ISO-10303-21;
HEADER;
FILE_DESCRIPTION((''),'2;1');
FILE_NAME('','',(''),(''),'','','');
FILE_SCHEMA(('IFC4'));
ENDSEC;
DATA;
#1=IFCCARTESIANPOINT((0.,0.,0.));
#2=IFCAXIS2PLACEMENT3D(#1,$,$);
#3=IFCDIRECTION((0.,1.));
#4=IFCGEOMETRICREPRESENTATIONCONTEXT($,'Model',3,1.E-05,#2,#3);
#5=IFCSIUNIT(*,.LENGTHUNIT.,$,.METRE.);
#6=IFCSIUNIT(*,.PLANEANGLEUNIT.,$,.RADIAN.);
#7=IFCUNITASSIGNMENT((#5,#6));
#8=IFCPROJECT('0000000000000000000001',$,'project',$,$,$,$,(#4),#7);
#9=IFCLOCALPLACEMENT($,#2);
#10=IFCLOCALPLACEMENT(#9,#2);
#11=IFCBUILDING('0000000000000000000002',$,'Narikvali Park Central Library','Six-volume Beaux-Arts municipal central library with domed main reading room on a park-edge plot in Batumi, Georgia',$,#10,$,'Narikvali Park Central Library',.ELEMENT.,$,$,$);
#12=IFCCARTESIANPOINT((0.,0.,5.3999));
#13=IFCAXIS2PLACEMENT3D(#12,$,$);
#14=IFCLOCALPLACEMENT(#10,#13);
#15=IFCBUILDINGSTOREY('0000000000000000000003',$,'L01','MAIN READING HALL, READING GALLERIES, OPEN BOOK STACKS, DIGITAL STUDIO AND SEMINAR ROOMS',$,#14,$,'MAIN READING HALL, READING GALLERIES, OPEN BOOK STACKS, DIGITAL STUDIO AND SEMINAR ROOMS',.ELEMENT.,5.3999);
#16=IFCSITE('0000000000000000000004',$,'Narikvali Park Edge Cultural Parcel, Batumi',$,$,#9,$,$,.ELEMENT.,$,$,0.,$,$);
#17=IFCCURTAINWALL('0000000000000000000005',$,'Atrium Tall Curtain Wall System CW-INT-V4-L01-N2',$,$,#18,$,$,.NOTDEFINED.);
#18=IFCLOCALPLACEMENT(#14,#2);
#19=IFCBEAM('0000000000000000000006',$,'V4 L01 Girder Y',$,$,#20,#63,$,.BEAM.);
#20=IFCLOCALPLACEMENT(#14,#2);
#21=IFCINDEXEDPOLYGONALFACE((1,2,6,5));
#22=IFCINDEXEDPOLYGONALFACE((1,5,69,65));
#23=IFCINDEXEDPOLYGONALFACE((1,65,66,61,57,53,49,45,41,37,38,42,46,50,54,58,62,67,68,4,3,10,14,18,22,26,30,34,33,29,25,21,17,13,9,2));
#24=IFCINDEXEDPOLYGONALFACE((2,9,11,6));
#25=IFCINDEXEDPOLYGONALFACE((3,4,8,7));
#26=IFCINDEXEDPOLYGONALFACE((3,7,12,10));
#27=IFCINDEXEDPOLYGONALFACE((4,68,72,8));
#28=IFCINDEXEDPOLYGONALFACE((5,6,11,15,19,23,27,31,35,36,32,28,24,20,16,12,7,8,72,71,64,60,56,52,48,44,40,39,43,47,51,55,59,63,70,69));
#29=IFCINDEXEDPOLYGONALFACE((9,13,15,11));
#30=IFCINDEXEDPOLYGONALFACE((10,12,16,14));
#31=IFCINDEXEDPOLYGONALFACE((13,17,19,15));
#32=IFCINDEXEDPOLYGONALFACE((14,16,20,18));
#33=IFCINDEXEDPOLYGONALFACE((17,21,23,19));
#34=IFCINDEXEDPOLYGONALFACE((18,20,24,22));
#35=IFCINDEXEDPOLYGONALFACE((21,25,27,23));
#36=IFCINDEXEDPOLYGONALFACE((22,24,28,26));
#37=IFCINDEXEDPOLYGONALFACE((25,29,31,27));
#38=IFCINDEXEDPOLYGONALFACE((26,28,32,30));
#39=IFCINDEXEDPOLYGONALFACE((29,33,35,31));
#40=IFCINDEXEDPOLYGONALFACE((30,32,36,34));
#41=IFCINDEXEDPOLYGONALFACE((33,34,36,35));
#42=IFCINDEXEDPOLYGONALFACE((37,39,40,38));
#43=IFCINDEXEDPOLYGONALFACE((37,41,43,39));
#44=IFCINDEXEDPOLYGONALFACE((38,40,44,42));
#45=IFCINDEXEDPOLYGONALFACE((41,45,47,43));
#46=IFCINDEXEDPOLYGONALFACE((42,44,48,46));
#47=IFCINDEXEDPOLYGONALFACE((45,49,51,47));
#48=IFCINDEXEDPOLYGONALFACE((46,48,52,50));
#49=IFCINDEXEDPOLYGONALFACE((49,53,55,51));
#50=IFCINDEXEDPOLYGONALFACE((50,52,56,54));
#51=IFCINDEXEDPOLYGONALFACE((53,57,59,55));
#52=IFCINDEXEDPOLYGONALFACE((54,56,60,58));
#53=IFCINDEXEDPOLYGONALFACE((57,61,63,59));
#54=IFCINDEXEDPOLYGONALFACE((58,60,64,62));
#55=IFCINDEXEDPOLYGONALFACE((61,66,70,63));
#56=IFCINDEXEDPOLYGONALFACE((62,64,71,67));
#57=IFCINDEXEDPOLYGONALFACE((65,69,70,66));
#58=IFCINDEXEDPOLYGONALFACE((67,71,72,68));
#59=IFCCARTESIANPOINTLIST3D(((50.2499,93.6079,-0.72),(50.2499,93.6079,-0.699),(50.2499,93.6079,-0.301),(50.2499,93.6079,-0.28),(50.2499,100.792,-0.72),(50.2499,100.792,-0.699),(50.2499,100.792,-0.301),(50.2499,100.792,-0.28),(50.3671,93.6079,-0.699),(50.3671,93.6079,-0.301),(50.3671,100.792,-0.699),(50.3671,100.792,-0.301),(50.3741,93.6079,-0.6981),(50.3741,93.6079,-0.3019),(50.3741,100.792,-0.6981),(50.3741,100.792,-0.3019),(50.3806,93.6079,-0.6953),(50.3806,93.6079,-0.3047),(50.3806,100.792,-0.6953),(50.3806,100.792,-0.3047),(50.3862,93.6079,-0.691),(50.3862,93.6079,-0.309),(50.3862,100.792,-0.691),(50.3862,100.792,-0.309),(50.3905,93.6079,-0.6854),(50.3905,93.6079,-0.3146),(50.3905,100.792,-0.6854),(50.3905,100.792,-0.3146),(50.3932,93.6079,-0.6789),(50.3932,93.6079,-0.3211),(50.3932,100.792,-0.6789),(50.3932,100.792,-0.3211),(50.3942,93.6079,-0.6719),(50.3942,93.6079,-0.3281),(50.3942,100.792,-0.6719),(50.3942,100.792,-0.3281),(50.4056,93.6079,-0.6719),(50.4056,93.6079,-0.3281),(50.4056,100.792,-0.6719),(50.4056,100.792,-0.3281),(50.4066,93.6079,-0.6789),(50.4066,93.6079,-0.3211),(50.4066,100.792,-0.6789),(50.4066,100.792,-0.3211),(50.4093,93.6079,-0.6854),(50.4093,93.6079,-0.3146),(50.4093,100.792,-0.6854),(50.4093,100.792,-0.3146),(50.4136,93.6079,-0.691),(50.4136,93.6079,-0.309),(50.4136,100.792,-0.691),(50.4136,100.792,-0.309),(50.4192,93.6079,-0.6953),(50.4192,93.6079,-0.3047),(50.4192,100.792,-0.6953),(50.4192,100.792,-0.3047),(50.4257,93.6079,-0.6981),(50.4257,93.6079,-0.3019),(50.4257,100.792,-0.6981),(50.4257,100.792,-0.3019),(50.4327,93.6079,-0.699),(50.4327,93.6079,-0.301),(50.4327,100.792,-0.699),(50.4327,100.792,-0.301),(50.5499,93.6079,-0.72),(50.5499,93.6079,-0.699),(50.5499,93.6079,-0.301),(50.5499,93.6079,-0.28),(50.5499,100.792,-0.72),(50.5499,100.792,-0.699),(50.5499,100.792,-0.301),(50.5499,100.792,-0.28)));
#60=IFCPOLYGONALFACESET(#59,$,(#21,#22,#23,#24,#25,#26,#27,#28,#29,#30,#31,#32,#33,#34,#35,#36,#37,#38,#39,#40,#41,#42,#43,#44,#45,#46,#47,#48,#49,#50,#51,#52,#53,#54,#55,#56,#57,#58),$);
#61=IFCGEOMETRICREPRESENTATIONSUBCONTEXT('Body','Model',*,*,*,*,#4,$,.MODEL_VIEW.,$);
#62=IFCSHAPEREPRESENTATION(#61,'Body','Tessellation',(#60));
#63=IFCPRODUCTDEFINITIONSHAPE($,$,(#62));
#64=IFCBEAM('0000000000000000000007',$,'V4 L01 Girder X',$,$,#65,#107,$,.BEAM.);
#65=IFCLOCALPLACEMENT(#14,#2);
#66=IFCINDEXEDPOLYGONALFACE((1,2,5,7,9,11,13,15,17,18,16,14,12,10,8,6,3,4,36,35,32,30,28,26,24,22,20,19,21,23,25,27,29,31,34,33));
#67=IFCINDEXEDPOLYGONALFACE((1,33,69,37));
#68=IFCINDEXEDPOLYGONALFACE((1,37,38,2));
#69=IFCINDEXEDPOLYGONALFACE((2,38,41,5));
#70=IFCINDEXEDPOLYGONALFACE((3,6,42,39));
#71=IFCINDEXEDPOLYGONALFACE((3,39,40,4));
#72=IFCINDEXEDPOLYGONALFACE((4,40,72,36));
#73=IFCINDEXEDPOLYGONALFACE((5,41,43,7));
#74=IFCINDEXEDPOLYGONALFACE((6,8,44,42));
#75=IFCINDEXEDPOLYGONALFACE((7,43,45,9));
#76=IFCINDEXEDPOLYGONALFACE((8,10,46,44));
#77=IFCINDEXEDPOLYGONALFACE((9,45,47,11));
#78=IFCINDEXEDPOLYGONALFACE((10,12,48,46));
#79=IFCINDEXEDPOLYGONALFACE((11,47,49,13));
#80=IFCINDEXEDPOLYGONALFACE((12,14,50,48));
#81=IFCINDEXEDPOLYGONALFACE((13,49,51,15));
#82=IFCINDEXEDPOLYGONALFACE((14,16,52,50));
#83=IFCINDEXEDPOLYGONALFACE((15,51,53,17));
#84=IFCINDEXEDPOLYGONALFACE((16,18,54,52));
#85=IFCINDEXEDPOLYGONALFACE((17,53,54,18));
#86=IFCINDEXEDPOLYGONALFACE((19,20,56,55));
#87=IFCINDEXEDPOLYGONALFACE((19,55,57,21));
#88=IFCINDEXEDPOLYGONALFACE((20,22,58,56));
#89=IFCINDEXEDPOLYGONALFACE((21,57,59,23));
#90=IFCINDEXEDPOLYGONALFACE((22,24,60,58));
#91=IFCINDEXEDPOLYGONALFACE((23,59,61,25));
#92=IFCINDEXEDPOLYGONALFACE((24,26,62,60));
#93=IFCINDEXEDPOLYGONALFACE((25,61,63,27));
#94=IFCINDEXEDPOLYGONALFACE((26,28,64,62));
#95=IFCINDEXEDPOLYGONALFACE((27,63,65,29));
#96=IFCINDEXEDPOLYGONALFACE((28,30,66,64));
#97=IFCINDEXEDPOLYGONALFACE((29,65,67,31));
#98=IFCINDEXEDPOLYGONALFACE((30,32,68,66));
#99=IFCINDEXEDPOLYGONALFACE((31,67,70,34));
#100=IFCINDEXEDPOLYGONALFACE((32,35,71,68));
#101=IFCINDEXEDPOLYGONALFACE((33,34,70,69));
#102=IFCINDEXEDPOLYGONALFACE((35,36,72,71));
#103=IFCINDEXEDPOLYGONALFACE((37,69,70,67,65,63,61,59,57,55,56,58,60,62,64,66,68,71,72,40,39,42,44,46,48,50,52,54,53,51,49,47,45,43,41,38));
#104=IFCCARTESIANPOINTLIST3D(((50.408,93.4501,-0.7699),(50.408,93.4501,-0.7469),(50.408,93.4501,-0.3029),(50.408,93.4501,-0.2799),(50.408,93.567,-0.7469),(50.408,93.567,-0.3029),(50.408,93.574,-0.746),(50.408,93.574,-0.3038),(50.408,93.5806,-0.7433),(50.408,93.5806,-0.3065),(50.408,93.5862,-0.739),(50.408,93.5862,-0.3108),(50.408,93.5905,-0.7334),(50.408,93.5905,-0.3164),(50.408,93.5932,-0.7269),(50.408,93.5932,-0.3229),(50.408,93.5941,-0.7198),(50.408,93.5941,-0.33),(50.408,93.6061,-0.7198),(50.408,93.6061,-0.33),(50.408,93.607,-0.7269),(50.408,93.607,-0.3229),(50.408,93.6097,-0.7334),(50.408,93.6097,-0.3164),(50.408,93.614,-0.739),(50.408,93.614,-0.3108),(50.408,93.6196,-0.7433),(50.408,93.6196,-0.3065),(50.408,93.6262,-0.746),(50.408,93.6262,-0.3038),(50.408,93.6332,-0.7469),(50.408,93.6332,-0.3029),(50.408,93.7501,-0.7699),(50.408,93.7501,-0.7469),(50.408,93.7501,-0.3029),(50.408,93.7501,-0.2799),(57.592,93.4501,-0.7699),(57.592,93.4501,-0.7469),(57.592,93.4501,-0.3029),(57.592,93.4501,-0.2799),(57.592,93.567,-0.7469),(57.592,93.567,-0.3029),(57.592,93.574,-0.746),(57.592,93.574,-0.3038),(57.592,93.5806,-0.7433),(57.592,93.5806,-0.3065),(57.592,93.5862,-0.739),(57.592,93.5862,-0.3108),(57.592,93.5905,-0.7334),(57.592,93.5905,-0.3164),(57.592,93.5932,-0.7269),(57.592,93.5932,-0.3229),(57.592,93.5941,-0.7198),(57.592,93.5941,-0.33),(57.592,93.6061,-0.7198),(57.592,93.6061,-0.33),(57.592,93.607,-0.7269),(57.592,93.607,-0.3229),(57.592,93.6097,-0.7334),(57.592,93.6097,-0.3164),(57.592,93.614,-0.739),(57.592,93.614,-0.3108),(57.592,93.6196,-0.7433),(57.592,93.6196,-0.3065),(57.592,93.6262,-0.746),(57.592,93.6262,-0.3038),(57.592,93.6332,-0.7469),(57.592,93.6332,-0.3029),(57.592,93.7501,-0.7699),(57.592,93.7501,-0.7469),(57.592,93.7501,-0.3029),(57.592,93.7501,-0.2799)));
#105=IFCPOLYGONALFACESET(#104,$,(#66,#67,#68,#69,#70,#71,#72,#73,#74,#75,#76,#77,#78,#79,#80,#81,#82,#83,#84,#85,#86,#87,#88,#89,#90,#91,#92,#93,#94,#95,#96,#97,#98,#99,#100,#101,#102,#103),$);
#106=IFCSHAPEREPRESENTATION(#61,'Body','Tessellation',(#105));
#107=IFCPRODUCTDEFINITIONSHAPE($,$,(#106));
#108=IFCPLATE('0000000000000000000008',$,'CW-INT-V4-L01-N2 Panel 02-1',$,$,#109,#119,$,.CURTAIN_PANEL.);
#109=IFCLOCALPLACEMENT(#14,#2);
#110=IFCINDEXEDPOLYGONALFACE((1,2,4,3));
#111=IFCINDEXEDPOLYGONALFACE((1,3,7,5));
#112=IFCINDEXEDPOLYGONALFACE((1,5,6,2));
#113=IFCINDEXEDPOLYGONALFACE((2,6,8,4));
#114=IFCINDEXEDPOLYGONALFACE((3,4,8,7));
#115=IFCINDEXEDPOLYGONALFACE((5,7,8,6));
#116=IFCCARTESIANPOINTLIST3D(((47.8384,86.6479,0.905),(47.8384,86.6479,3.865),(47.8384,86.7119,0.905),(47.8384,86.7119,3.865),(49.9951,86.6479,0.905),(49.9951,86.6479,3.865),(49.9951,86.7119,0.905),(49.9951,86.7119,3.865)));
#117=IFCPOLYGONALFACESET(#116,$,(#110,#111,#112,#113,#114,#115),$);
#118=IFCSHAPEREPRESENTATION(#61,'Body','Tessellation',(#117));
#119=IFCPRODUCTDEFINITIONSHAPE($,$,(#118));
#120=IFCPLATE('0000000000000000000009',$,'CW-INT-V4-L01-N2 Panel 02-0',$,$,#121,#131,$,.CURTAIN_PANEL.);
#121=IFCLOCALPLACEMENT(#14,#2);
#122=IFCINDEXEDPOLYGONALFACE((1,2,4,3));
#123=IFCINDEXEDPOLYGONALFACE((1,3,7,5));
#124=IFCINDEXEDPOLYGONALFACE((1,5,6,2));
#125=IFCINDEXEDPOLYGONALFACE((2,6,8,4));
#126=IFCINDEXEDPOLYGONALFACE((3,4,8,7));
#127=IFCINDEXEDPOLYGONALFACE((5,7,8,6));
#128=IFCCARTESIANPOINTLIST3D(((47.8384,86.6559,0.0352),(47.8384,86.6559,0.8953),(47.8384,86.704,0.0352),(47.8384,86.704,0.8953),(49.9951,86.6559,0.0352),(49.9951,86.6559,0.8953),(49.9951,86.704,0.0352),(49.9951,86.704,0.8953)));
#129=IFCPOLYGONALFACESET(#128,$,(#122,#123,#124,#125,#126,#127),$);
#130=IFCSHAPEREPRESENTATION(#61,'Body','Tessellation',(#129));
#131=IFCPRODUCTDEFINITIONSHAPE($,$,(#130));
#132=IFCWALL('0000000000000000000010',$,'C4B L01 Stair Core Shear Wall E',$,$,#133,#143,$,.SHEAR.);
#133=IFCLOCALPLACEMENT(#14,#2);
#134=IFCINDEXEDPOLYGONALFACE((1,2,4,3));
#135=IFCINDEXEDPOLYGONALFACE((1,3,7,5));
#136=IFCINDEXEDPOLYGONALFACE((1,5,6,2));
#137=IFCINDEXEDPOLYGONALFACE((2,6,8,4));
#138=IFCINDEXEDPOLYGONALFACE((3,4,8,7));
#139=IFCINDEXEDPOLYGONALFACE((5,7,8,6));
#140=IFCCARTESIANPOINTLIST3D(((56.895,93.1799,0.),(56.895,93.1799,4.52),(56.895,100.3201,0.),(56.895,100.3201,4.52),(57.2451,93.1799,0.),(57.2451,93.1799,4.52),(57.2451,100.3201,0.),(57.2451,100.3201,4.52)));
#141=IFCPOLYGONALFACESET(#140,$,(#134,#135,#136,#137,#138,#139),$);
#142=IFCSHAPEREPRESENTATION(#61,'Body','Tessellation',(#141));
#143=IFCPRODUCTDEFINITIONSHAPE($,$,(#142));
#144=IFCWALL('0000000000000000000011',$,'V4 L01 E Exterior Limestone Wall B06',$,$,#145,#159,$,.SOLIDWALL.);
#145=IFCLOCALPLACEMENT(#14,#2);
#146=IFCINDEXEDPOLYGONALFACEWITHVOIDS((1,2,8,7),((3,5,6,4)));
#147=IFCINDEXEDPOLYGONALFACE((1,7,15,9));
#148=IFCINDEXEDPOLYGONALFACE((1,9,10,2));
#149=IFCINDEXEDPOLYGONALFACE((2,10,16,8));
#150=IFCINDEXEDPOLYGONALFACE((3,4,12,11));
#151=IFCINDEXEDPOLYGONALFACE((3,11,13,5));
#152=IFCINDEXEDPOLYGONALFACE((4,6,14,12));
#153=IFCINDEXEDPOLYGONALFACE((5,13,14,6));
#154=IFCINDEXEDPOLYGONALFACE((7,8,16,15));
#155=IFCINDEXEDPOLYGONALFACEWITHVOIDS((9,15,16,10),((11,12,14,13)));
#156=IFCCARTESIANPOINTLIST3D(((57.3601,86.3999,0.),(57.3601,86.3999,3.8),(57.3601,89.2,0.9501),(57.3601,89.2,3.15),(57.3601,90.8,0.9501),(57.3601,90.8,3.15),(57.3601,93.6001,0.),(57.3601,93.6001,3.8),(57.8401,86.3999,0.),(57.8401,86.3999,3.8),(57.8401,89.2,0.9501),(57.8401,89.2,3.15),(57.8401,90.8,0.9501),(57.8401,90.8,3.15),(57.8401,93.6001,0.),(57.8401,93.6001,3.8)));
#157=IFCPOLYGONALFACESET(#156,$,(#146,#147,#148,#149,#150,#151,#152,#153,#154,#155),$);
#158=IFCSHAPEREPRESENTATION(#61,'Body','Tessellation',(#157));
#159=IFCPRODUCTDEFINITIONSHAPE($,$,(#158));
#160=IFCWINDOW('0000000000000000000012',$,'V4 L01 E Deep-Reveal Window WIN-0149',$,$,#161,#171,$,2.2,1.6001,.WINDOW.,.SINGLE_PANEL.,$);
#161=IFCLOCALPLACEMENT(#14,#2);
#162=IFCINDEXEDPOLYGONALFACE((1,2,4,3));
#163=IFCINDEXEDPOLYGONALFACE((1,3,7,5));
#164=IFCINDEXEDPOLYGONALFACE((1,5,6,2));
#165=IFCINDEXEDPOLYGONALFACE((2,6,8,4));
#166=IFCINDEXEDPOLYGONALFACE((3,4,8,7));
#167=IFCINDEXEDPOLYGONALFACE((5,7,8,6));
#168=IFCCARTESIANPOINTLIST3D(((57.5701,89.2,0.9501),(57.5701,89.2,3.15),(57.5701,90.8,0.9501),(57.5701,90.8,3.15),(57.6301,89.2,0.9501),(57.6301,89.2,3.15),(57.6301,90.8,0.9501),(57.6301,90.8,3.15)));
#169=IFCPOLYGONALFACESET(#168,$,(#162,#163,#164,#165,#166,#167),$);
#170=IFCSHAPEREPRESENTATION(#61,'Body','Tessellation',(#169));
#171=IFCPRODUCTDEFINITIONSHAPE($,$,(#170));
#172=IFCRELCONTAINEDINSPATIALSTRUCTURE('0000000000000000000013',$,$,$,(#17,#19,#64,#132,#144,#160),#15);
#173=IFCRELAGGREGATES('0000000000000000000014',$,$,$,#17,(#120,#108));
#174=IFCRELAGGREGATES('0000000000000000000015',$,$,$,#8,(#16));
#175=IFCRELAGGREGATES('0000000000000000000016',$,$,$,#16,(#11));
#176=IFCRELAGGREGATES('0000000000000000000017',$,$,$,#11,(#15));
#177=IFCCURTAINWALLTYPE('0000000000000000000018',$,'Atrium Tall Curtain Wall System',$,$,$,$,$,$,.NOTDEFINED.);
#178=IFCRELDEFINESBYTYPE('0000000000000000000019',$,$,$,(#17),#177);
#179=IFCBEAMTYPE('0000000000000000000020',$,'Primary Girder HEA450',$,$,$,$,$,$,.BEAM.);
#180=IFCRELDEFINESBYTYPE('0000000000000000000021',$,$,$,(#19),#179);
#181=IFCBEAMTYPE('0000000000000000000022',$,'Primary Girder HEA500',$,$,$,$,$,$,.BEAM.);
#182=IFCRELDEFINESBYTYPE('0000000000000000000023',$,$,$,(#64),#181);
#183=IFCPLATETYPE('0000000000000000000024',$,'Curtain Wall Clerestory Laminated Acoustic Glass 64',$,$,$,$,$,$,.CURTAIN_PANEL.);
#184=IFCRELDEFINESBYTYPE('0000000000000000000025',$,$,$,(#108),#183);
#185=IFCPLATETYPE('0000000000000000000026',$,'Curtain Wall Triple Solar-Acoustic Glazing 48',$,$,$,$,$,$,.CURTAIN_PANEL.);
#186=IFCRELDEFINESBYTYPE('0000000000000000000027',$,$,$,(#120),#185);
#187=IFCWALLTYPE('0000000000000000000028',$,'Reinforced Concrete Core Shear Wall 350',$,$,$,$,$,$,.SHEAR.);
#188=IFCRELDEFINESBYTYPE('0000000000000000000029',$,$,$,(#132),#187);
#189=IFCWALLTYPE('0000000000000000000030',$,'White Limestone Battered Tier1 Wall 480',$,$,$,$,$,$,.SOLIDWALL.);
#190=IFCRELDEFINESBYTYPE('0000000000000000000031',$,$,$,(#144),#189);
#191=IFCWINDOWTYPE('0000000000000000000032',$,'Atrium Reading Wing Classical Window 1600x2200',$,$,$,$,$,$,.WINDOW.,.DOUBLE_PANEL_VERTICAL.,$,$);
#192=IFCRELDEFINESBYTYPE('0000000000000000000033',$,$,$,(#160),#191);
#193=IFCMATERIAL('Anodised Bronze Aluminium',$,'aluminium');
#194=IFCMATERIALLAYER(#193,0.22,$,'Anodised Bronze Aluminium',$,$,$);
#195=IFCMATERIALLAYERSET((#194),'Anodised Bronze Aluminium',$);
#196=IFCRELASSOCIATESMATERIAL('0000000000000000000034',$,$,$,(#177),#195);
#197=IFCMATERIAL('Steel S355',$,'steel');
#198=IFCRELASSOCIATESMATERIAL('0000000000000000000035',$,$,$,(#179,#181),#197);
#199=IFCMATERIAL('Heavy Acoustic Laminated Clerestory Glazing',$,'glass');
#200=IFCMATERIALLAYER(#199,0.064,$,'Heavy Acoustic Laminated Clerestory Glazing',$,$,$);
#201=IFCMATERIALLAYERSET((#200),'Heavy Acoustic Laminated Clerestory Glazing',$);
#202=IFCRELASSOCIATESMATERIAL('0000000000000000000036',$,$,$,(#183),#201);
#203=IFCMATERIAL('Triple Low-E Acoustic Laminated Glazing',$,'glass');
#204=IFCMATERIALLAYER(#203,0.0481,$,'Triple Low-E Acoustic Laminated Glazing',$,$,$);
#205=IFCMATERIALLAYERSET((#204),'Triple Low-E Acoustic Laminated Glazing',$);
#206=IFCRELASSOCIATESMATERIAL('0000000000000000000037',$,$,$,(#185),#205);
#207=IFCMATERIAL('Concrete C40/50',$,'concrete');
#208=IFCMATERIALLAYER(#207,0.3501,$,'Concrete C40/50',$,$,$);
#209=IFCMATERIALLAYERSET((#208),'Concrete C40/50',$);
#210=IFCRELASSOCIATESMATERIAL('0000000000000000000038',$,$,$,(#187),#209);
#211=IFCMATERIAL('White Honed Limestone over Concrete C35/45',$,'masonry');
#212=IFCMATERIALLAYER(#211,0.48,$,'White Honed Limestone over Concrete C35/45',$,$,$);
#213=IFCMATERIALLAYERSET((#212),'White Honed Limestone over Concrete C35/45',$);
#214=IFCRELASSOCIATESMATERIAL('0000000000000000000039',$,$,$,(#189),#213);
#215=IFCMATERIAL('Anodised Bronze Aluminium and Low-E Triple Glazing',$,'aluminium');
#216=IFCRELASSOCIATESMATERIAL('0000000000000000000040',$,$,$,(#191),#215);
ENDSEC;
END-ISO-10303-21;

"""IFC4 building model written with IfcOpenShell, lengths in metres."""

from ifc_helpers import new_model, si_unit, direction, frame, frame_2d, origin, origin_2d, place, context, subcontext, project, spatial, rectangle, i_section, extrude, material, layer, layer_set, material_profile, profile_set, type_object, element, fill, aggregate, save


model = new_model("IFC4")

# Units and contexts
model_context = context("Model", 3, precision=1e-05, world=origin(), true_north=direction((0.0, 1.0)))
body_context = subcontext(model_context, "Body", "Model", "MODEL_VIEW")
ifc_project = project(units=[si_unit("LENGTHUNIT", "METRE"), si_unit("PLANEANGLEUNIT", "RADIAN")], contexts=[model_context])

# Site, building, storey
site_placement = place(None, origin())
site = spatial("IfcSite", under=ifc_project, at=site_placement, Name="Narikvali Park Edge Cultural Parcel, Batumi", CompositionType="ELEMENT", RefElevation=0.0)
building_placement = place(site_placement, origin())
building = spatial("IfcBuilding", under=site, at=building_placement, Name="Narikvali Park Central Library", Description="Six-volume Beaux-Arts municipal central library with domed main reading room on a park-edge plot in Batumi, Georgia", LongName="Narikvali Park Central Library", CompositionType="ELEMENT")
storey_placement = place(building_placement, frame((0.0, 0.0, 5.3999)))
storey = spatial("IfcBuildingStorey", under=building, at=storey_placement, Name="L01", Description="MAIN READING HALL, READING GALLERIES, OPEN BOOK STACKS, DIGITAL STUDIO AND SEMINAR ROOMS", LongName="MAIN READING HALL, READING GALLERIES, OPEN BOOK STACKS, DIGITAL STUDIO AND SEMINAR ROOMS", CompositionType="ELEMENT", Elevation=5.3999)

# Shared definitions
ifc_material_1 = material(Name="Steel S355", Category="steel")

# Curtain wall
ifc_material_2 = material(Name="Anodised Bronze Aluminium", Category="aluminium")
ifc_layer_1 = layer(ifc_material_2, 0.22, Name="Anodised Bronze Aluminium")
ifc_layer_set_1 = layer_set([ifc_layer_1], Name="Anodised Bronze Aluminium")
curtain_wall_type = type_object("IfcCurtainWallType", Name="Atrium Tall Curtain Wall System", PredefinedType="NOTDEFINED", material=ifc_layer_set_1)
curtain_wall_placement = place(storey_placement, origin())
curtain_wall = element("IfcCurtainWall", 1, at=curtain_wall_placement, inside=storey, type_object=curtain_wall_type, Name="Atrium Tall Curtain Wall System CW-INT-V4-L01-N2", PredefinedType="NOTDEFINED")

# Beams
ifc_material_profile_1 = material_profile(ifc_material_1, i_section(OverallWidth=0.3, OverallDepth=0.4399, WebThickness=0.0115, FlangeThickness=0.021, FilletRadius=0.0271, at=origin_2d()), Name="HEA 450")
ifc_profile_set_1 = profile_set([ifc_material_profile_1], Name="Steel S355")
beam_type_1 = type_object("IfcBeamType", Name="Primary Girder HEA450", PredefinedType="BEAM", material=ifc_profile_set_1)
for number, where, z_axis, x_axis, name in (
    (2, (50.3999, 93.6079, -0.5), (0.0, 1.0, 0.0), (-1.0, 0.0, 0.0), "V4 L01 Girder Y"),
):
    element("IfcBeam", number, at=place(storey_placement, frame(where, z_axis=z_axis, x_axis=x_axis)), inside=storey, type_object=beam_type_1, Name=name, PredefinedType="BEAM", context=body_context, shape_type="SweptSolid", body=[
        extrude(i_section(OverallWidth=0.3, OverallDepth=0.4399, WebThickness=0.0115, FlangeThickness=0.021, FilletRadius=0.0271, at=origin_2d()), origin(), (0.0, 0.0, 1.0), 7.1841),
    ])
ifc_material_profile_2 = material_profile(ifc_material_1, i_section(OverallWidth=0.3, OverallDepth=0.49, WebThickness=0.012, FlangeThickness=0.0229, FilletRadius=0.0271, at=origin_2d()), Name="HEA 500")
ifc_profile_set_2 = profile_set([ifc_material_profile_2], Name="Steel S355")
beam_type_2 = type_object("IfcBeamType", Name="Primary Girder HEA500", PredefinedType="BEAM", material=ifc_profile_set_2)
beam_placement = place(storey_placement, frame((50.408, 93.6001, -0.5249), z_axis=(1.0, 0.0, 0.0), x_axis=(0.0, 1.0, 0.0)))
element("IfcBeam", 3, at=beam_placement, inside=storey, type_object=beam_type_2, Name="V4 L01 Girder X", PredefinedType="BEAM", context=body_context, shape_type="SweptSolid", body=[
    extrude(i_section(OverallWidth=0.3, OverallDepth=0.49, WebThickness=0.012, FlangeThickness=0.0229, FilletRadius=0.0271, at=origin_2d()), origin(), (0.0, 0.0, 1.0), 7.1841),
])

# Plates
ifc_material_3 = material(Name="Heavy Acoustic Laminated Clerestory Glazing", Category="glass")
ifc_layer_2 = layer(ifc_material_3, 0.064, Name="Heavy Acoustic Laminated Clerestory Glazing")
ifc_layer_set_2 = layer_set([ifc_layer_2], Name="Heavy Acoustic Laminated Clerestory Glazing")
plate_type_1 = type_object("IfcPlateType", Name="Curtain Wall Clerestory Laminated Acoustic Glass 64", PredefinedType="CURTAIN_PANEL", material=ifc_layer_set_2)
plate_1_placement = place(storey_placement, frame((48.9167, 86.6799, 0.905), z_axis=(0.0, 0.0, 1.0), x_axis=(1.0, 0.0, 0.0)))
plate_1 = element("IfcPlate", 4, at=plate_1_placement, type_object=plate_type_1, Name="CW-INT-V4-L01-N2 Panel 02-1", PredefinedType="CURTAIN_PANEL", context=body_context, shape_type="SweptSolid", body=[
    extrude(rectangle(XDim=2.1567, YDim=0.064, at=origin_2d()), origin(), (0.0, 0.0, 1.0), 2.96),
])
ifc_material_4 = material(Name="Triple Low-E Acoustic Laminated Glazing", Category="glass")
ifc_layer_3 = layer(ifc_material_4, 0.0481, Name="Triple Low-E Acoustic Laminated Glazing")
ifc_layer_set_3 = layer_set([ifc_layer_3], Name="Triple Low-E Acoustic Laminated Glazing")
plate_type_2 = type_object("IfcPlateType", Name="Curtain Wall Triple Solar-Acoustic Glazing 48", PredefinedType="CURTAIN_PANEL", material=ifc_layer_set_3)
plate_2_placement = place(storey_placement, frame((48.9167, 86.6799, 0.0352), z_axis=(0.0, 0.0, 1.0), x_axis=(1.0, 0.0, 0.0)))
plate_2 = element("IfcPlate", 5, at=plate_2_placement, type_object=plate_type_2, Name="CW-INT-V4-L01-N2 Panel 02-0", PredefinedType="CURTAIN_PANEL", context=body_context, shape_type="SweptSolid", body=[
    extrude(rectangle(XDim=2.1567, YDim=0.0481, at=origin_2d()), origin(), (0.0, 0.0, 1.0), 0.8601),
])
aggregate(curtain_wall, [plate_2, plate_1])

# Shared definitions
ifc_material_5 = material(Name="Concrete C40/50", Category="concrete")
ifc_layer_4 = layer(ifc_material_5, 0.3501, Name="Concrete C40/50")
ifc_layer_set_4 = layer_set([ifc_layer_4], Name="Concrete C40/50")
wall_type_1 = type_object("IfcWallType", Name="Reinforced Concrete Core Shear Wall 350", PredefinedType="SHEAR", material=ifc_layer_set_4)

# Wall
wall_1_placement = place(storey_placement, frame((57.0701, 93.1799, 0.0), z_axis=(0.0, 0.0, 1.0), x_axis=(0.0, 1.0, 0.0)))
element("IfcWall", 6, at=wall_1_placement, inside=storey, type_object=wall_type_1, Name="C4B L01 Stair Core Shear Wall E", PredefinedType="SHEAR", context=body_context, shape_type="SweptSolid", body=[
    extrude(rectangle(XDim=7.1401, YDim=0.3501, at=frame_2d((3.5701, 0.0))), origin(), (0.0, 0.0, 1.0), 4.52),
])

# Wall, opening, window
ifc_material_6 = material(Name="White Honed Limestone over Concrete C35/45", Category="masonry")
ifc_layer_5 = layer(ifc_material_6, 0.48, Name="White Honed Limestone over Concrete C35/45")
ifc_layer_set_5 = layer_set([ifc_layer_5], Name="White Honed Limestone over Concrete C35/45")
wall_type_2 = type_object("IfcWallType", Name="White Limestone Battered Tier1 Wall 480", PredefinedType="SOLIDWALL", material=ifc_layer_set_5)
wall_2_placement = place(storey_placement, frame((57.6001, 86.3999, 0.0), z_axis=(0.0, 0.0, 1.0), x_axis=(0.0, 1.0, 0.0)))
wall_2 = element("IfcWall", 7, at=wall_2_placement, inside=storey, type_object=wall_type_2, Name="V4 L01 E Exterior Limestone Wall B06", PredefinedType="SOLIDWALL", context=body_context, shape_type="SweptSolid", body=[
    extrude(rectangle(XDim=7.2002, YDim=0.48, at=frame_2d((3.6001, 0.0))), origin(), (0.0, 0.0, 1.0), 3.8),
])
opening_1_placement = place(wall_2_placement, frame((2.8, 0.0, 0.95)))
opening_1 = element("IfcOpeningElement", 8, at=opening_1_placement, cuts=wall_2, PredefinedType="OPENING", context=body_context, shape_type="SweptSolid", body=[
    extrude(rectangle(XDim=1.6001, YDim=2.2, at=frame_2d((0.8, 1.1001))), frame((0.0, 0.252, 0.0), z_axis=(0.0, -1.0, 0.0), x_axis=(1.0, 0.0, 0.0)), (0.0, 0.0, 1.0), 0.5039),
])
ifc_material_7 = material(Name="Anodised Bronze Aluminium and Low-E Triple Glazing", Category="aluminium")
window_type = type_object("IfcWindowType", Name="Atrium Reading Wing Classical Window 1600x2200", PartitioningType="DOUBLE_PANEL_VERTICAL", PredefinedType="WINDOW", material=ifc_material_7)
window_1_placement = place(opening_1_placement, origin())
window_1 = element("IfcWindow", 9, at=window_1_placement, inside=storey, type_object=window_type, Name="V4 L01 E Deep-Reveal Window WIN-0149", OverallHeight=2.2, OverallWidth=1.6001, PartitioningType="SINGLE_PANEL", PredefinedType="WINDOW", context=body_context, shape_type="SweptSolid", body=[
    extrude(rectangle(XDim=1.6001, YDim=2.2, at=frame_2d((0.8, 1.1001))), frame((0.0, 0.03, 0.0), z_axis=(0.0, -1.0, 0.0), x_axis=(1.0, 0.0, 0.0)), (0.0, 0.0, 1.0), 0.0601),
])
fill(opening_1, window_1)

save(model, "model.ifc")
